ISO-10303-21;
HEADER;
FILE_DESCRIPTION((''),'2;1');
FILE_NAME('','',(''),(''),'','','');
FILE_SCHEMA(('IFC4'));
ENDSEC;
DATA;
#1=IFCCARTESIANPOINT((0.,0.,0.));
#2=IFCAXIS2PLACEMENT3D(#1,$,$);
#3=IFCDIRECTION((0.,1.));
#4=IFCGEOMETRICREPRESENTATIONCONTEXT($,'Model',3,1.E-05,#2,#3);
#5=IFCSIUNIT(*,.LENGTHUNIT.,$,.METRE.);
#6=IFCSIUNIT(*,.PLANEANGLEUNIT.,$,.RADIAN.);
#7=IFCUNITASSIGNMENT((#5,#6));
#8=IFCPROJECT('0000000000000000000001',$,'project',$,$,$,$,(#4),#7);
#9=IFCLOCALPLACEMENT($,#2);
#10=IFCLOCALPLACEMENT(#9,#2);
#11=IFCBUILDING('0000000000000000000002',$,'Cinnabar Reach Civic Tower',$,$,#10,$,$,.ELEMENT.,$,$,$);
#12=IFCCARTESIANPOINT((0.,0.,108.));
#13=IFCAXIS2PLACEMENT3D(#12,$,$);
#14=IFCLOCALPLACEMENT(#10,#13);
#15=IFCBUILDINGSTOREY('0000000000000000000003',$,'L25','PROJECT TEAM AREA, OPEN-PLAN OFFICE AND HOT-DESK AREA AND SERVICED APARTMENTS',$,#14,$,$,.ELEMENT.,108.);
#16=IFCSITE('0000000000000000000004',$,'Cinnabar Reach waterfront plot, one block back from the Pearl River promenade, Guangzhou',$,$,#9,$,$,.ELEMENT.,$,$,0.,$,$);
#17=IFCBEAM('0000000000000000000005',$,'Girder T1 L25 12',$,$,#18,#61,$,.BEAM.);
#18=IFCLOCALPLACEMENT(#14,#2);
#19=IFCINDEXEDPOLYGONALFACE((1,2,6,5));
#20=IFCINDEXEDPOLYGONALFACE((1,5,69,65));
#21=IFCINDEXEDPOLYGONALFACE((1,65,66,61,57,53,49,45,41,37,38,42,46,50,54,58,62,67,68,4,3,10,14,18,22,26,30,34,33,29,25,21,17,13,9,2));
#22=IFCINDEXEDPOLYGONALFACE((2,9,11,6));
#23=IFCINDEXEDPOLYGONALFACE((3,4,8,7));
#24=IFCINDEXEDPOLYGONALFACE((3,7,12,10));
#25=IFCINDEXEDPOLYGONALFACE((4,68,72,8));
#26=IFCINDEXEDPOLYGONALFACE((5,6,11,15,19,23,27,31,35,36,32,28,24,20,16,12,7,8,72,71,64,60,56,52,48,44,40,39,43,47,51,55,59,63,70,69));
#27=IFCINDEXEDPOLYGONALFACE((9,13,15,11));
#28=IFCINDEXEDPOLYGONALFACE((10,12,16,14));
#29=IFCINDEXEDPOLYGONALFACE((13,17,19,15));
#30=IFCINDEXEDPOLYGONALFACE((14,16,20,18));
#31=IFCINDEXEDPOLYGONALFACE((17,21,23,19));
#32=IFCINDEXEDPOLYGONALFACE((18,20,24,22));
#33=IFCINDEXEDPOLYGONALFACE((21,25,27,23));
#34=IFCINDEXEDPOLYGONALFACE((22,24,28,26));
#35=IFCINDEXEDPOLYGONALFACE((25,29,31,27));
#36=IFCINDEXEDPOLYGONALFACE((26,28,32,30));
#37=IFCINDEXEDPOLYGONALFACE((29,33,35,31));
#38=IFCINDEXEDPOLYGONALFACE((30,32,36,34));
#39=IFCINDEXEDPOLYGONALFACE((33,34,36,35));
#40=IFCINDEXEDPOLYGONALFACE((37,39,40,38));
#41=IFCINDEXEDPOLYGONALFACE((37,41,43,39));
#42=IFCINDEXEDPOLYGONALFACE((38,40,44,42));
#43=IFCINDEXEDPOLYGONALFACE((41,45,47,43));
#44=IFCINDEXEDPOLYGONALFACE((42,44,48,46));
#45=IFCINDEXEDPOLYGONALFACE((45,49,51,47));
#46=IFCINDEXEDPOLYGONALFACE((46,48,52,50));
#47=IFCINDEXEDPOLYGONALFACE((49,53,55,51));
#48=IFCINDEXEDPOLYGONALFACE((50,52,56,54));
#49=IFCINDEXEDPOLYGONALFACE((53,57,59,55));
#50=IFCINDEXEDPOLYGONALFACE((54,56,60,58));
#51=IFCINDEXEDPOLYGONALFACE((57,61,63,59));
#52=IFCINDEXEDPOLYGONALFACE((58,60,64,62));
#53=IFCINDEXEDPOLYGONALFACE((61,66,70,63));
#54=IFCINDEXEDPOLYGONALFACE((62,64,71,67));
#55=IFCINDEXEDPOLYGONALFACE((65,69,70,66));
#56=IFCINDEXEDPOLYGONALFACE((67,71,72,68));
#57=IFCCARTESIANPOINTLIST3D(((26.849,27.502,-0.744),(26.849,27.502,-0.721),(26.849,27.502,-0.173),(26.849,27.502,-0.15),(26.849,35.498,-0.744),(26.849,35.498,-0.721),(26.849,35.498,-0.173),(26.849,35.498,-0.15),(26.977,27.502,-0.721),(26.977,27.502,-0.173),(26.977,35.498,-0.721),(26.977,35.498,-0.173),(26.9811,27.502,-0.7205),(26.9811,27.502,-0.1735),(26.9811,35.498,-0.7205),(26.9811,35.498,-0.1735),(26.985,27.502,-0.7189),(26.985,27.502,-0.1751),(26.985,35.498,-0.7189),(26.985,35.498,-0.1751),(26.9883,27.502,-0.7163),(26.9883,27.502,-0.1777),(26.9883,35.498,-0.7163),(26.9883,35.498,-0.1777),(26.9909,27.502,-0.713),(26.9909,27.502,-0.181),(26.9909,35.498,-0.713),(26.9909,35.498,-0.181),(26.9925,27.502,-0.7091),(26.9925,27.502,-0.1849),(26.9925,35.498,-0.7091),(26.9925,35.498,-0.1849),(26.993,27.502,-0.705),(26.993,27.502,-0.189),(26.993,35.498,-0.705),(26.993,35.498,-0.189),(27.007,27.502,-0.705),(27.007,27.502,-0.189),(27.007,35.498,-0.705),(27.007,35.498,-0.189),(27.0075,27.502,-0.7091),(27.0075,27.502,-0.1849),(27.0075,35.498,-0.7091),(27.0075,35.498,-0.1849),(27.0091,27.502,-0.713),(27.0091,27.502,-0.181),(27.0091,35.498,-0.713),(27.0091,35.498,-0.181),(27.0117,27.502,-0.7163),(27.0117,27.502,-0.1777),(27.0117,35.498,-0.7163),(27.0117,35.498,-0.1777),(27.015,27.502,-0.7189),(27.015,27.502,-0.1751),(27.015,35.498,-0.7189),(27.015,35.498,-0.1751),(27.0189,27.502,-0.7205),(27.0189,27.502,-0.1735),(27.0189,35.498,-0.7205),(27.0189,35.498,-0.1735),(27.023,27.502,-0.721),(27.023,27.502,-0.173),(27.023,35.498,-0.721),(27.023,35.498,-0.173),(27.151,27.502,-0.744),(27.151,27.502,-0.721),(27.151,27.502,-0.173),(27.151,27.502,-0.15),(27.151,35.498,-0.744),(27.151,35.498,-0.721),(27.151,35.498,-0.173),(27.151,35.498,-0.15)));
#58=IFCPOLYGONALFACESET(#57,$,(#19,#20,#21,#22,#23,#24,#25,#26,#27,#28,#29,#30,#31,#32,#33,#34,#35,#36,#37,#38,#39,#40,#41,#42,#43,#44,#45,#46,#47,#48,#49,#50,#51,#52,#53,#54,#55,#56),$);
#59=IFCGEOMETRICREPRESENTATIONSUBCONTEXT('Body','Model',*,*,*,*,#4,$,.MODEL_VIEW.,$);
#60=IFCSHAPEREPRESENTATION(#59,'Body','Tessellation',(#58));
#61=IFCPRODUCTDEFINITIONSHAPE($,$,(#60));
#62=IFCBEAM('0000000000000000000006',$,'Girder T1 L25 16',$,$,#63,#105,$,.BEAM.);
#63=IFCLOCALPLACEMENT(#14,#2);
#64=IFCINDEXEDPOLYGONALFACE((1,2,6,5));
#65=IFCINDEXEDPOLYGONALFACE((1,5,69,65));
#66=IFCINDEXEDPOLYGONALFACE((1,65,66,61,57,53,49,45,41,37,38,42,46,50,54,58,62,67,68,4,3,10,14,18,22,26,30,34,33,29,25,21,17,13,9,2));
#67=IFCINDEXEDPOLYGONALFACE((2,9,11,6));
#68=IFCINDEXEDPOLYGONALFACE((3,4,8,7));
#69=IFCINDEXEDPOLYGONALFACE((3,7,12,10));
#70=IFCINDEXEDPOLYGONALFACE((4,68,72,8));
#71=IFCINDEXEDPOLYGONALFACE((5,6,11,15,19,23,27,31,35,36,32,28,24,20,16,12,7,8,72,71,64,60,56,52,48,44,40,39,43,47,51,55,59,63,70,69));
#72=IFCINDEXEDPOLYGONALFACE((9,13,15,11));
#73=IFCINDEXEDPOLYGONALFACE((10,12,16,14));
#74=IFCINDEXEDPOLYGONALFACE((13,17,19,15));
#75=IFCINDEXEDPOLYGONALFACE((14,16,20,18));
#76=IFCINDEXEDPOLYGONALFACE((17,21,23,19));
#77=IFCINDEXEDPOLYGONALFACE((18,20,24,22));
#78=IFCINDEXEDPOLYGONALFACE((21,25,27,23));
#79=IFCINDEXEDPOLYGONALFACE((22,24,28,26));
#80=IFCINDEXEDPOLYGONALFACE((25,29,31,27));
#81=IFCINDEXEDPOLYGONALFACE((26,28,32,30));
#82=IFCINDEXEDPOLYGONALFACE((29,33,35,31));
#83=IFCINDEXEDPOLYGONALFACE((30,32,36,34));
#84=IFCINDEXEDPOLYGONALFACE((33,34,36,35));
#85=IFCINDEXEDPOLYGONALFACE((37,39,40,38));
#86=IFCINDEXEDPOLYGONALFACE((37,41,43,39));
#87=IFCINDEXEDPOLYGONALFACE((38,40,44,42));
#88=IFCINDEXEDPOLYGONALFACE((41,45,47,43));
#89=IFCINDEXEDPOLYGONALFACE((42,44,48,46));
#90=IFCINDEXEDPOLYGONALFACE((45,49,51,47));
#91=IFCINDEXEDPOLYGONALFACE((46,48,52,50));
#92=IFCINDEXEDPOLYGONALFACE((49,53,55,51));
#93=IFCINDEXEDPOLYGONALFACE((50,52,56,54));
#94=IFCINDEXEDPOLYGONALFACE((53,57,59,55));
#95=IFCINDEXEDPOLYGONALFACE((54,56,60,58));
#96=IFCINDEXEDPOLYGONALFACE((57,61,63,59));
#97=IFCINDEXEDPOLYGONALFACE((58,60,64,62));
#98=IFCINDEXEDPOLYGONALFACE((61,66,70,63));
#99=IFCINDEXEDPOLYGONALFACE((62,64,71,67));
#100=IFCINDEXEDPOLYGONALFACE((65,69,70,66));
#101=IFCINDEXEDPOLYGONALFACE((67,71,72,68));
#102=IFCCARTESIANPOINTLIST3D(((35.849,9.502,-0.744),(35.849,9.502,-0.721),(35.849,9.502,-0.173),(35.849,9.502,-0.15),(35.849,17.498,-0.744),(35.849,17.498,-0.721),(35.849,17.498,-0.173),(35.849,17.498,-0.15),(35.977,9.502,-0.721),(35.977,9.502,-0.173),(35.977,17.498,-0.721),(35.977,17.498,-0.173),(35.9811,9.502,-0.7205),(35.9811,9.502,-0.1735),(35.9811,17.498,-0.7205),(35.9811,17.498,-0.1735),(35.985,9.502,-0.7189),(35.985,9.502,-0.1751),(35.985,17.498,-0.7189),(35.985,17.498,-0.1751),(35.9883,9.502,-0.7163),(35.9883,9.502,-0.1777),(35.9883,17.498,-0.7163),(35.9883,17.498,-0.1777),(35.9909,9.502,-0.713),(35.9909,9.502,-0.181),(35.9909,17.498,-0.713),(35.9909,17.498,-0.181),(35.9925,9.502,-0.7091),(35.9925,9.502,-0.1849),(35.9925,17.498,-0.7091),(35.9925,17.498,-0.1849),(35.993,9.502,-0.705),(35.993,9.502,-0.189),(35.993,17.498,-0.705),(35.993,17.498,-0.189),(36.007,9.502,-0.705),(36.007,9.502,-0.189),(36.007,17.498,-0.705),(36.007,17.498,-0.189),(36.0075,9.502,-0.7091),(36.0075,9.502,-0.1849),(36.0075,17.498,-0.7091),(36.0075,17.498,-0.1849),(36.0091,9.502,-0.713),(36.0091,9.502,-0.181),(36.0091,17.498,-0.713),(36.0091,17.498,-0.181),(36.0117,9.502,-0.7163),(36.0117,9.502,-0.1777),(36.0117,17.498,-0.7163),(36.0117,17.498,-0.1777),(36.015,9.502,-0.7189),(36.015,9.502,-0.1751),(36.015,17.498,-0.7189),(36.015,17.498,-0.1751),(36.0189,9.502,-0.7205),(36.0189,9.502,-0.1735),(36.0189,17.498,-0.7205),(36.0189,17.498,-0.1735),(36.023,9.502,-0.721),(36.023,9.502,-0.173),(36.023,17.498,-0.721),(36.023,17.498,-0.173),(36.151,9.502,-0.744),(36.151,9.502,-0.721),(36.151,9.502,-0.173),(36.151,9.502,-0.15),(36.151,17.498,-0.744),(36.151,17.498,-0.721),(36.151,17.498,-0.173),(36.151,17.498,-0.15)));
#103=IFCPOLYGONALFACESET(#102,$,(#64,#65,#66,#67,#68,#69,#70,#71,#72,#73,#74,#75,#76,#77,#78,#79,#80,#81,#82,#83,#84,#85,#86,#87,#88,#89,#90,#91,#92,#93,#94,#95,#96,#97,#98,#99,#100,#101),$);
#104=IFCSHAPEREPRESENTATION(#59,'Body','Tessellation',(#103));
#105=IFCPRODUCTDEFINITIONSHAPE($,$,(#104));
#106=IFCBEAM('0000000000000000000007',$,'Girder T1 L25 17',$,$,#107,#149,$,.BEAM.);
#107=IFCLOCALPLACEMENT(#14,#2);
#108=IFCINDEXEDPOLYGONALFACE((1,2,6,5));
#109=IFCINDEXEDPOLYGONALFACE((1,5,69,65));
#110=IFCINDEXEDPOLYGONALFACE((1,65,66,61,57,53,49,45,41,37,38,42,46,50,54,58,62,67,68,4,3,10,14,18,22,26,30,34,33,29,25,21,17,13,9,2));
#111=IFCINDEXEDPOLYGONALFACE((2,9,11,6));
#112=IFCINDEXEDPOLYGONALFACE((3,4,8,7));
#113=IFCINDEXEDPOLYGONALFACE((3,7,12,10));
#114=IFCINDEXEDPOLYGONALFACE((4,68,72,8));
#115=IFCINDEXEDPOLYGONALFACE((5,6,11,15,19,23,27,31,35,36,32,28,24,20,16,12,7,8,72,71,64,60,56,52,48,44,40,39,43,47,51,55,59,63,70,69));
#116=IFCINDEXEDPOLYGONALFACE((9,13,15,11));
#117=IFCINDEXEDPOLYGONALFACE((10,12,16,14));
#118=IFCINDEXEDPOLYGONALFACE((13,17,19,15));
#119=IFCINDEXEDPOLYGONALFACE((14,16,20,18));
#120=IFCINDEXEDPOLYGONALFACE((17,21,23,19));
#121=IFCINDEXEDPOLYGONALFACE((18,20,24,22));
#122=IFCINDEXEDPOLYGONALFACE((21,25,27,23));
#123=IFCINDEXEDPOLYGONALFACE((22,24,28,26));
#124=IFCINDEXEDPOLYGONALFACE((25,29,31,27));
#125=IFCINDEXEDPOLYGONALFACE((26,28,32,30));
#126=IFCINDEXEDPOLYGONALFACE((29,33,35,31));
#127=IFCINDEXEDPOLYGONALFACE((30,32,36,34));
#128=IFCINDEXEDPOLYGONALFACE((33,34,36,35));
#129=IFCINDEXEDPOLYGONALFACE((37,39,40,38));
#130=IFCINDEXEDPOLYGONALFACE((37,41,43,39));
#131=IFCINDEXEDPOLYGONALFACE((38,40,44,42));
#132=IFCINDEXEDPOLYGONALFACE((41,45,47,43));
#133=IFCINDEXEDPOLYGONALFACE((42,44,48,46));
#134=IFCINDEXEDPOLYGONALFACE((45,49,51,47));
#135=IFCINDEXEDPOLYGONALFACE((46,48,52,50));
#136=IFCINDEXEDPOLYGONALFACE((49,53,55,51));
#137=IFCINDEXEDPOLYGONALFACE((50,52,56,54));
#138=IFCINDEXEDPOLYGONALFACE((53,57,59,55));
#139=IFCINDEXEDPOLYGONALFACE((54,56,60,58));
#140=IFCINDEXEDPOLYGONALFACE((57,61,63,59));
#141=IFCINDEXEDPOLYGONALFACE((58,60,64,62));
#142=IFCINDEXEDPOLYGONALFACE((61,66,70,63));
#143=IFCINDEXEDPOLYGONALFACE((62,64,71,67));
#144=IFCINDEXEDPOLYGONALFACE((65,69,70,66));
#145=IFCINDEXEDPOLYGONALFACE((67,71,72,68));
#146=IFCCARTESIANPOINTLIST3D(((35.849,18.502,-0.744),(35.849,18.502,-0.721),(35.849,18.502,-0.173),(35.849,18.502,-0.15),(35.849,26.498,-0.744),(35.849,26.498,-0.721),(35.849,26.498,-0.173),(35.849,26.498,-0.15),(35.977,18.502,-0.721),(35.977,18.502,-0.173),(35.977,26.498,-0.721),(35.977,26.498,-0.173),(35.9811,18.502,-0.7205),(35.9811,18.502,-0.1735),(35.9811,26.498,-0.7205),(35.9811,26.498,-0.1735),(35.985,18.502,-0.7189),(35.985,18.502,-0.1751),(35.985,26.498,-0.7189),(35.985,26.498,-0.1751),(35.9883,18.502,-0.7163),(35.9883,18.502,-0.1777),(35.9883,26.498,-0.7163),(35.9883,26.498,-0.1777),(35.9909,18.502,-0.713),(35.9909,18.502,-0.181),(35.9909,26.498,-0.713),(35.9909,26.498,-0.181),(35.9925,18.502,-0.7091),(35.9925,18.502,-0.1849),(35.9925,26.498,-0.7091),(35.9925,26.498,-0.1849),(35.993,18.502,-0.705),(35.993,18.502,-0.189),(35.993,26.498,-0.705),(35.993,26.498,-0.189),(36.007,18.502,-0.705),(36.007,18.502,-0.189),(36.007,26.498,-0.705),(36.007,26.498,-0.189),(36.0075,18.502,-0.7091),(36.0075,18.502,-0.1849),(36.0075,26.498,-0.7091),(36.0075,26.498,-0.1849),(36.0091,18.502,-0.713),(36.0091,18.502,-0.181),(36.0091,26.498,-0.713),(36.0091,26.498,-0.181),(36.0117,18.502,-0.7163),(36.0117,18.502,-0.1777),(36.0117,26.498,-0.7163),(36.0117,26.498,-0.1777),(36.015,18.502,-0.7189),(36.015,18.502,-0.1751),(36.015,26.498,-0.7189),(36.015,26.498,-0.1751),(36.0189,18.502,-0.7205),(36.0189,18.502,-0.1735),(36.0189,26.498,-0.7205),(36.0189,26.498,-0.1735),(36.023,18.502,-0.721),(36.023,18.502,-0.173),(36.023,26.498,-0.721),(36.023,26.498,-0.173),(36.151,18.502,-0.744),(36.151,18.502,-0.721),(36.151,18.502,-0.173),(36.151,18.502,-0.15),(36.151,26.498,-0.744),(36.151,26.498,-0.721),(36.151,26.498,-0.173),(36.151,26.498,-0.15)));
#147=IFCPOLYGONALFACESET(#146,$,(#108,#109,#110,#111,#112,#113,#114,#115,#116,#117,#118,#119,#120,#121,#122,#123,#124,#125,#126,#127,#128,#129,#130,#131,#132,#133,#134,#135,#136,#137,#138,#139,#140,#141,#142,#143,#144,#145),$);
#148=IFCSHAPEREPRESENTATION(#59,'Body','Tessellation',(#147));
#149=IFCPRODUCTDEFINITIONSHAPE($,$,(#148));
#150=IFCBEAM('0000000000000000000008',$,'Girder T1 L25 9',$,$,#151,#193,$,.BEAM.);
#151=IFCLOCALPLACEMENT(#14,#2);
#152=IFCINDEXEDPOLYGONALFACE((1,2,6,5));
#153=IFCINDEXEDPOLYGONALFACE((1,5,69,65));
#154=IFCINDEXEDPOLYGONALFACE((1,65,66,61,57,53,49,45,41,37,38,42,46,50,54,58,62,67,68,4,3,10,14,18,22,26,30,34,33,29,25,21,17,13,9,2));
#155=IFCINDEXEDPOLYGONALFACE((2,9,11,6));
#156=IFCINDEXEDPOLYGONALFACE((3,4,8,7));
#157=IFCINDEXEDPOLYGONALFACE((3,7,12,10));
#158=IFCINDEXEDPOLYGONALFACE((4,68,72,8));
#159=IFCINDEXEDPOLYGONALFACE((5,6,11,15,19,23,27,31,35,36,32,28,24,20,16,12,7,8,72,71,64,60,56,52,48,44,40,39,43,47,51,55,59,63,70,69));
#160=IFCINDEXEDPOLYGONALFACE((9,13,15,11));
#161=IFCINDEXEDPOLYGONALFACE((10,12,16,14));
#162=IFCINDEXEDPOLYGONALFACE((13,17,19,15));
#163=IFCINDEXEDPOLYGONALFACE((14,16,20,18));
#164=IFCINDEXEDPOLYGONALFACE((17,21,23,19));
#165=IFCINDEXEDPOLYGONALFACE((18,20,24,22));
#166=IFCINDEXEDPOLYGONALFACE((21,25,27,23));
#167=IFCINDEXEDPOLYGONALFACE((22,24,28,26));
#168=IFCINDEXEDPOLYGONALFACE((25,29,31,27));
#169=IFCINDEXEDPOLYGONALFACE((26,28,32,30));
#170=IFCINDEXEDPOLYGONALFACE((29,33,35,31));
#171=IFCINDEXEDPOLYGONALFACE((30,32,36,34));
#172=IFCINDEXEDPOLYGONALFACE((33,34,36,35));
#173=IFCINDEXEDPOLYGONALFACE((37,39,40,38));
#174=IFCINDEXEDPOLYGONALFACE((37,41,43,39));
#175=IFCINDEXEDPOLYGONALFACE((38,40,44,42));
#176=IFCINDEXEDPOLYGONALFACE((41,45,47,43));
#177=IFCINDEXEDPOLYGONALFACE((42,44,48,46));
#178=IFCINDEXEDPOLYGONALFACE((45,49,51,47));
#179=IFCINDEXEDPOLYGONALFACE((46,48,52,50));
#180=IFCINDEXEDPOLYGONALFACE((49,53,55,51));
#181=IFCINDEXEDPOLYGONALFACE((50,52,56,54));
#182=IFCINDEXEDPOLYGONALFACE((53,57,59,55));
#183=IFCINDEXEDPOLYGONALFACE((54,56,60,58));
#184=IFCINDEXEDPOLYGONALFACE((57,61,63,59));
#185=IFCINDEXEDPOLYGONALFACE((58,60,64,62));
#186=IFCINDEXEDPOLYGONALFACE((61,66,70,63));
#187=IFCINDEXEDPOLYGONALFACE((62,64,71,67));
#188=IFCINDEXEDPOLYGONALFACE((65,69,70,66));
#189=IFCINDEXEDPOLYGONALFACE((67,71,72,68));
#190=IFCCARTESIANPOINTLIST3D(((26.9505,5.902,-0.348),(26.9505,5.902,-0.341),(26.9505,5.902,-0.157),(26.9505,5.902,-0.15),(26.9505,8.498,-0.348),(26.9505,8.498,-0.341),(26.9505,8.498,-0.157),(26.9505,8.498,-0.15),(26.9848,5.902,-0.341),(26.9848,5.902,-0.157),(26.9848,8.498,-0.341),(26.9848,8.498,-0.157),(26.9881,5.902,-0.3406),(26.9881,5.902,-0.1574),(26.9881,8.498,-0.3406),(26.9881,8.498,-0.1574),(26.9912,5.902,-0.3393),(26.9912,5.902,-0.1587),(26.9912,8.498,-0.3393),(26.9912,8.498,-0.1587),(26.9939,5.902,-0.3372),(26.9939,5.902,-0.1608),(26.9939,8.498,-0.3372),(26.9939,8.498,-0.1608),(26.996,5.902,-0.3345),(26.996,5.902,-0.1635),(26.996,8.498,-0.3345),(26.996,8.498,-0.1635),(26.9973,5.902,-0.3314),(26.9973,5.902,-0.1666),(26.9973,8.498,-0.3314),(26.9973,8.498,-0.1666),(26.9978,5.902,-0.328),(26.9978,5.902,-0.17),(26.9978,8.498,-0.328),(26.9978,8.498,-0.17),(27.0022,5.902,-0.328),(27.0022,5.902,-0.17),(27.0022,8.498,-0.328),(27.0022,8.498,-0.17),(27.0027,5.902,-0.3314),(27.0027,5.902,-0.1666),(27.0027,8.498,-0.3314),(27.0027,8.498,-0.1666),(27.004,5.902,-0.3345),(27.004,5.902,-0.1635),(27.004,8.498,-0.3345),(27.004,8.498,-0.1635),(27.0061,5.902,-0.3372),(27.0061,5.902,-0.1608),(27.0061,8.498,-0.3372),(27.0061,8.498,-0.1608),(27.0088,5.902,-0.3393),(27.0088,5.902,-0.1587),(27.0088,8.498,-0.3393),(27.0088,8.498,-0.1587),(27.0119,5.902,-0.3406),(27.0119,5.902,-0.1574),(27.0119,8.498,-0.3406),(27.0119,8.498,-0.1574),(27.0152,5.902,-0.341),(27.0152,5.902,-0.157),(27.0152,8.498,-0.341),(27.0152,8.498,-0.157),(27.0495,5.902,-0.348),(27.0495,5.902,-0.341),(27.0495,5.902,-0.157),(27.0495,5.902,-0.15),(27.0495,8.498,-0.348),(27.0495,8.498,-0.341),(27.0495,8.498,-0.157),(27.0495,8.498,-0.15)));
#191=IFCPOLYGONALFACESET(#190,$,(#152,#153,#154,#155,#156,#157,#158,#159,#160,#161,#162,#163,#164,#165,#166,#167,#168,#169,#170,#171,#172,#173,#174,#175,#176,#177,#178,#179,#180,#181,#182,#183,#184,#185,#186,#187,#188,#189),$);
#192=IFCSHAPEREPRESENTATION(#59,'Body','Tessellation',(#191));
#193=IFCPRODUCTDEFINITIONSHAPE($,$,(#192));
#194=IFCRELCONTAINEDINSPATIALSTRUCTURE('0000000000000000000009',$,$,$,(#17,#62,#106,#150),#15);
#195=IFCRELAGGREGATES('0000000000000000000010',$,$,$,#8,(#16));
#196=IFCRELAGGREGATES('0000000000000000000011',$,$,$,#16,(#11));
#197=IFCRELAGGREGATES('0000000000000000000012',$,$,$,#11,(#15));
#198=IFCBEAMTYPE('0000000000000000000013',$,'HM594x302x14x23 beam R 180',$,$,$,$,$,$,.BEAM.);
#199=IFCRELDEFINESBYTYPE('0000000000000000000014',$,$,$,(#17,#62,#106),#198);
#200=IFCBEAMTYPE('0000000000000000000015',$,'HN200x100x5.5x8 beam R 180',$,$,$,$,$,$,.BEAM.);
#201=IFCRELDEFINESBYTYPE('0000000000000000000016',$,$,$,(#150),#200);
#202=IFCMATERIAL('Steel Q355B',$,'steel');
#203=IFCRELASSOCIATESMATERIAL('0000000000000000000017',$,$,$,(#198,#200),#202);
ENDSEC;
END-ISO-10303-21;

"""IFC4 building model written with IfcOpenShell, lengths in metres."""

from ifc_helpers import new_model, si_unit, direction, frame, origin, origin_2d, place, context, subcontext, project, spatial, i_section, extrude, material, material_profile, profile_set, type_object, element, save


model = new_model("IFC4")

# Units and contexts
model_context = context("Model", 3, precision=1e-05, world=origin(), true_north=direction((0.0, 1.0)))
body_context = subcontext(model_context, "Body", "Model", "MODEL_VIEW")
ifc_project = project(units=[si_unit("LENGTHUNIT", "METRE"), si_unit("PLANEANGLEUNIT", "RADIAN")], contexts=[model_context])

# Site, building, storey
site_placement = place(None, origin())
site = spatial("IfcSite", under=ifc_project, at=site_placement, Name="Cinnabar Reach waterfront plot, one block back from the Pearl River promenade, Guangzhou", CompositionType="ELEMENT", RefElevation=0.0)
building_placement = place(site_placement, origin())
building = spatial("IfcBuilding", under=site, at=building_placement, Name="Cinnabar Reach Civic Tower", CompositionType="ELEMENT")
storey_placement = place(building_placement, frame((0.0, 0.0, 108.0)))
storey = spatial("IfcBuildingStorey", under=building, at=storey_placement, Name="L25", Description="PROJECT TEAM AREA, OPEN-PLAN OFFICE AND HOT-DESK AREA AND SERVICED APARTMENTS", CompositionType="ELEMENT", Elevation=108.0)

# Beams
ifc_material_1 = material(Name="Steel Q355B", Category="steel")
ifc_material_profile_1 = material_profile(ifc_material_1, i_section(OverallWidth=0.302, OverallDepth=0.594, WebThickness=0.014, FlangeThickness=0.023, FilletRadius=0.016, at=origin_2d()), Name="HM594x302x14x23")
ifc_profile_set_1 = profile_set([ifc_material_profile_1], Name="Steel Q355B")
beam_type_1 = type_object("IfcBeamType", Name="HM594x302x14x23 beam R 180", PredefinedType="BEAM", material=ifc_profile_set_1)
for number, where, z_axis, x_axis, name in (
    (1, (27.0, 27.502, -0.447), (0.0, 1.0, 0.0), (-1.0, 0.0, 0.0), "Girder T1 L25 12"),
    (2, (36.0, 9.502, -0.447), (0.0, 1.0, 0.0), (-1.0, 0.0, 0.0), "Girder T1 L25 16"),
    (3, (36.0, 18.502, -0.447), (0.0, 1.0, 0.0), (-1.0, 0.0, 0.0), "Girder T1 L25 17"),
):
    element("IfcBeam", number, at=place(storey_placement, frame(where, z_axis=z_axis, x_axis=x_axis)), inside=storey, type_object=beam_type_1, Name=name, PredefinedType="BEAM", context=body_context, shape_type="SweptSolid", body=[
        extrude(i_section(OverallWidth=0.302, OverallDepth=0.594, WebThickness=0.014, FlangeThickness=0.023, FilletRadius=0.016, at=origin_2d()), origin(), (0.0, 0.0, 1.0), 7.996),
    ])
ifc_material_profile_2 = material_profile(ifc_material_1, i_section(OverallWidth=0.099, OverallDepth=0.198, WebThickness=0.0045, FlangeThickness=0.007, FilletRadius=0.013, at=origin_2d()), Name="HN200x100x5.5x8")
ifc_profile_set_2 = profile_set([ifc_material_profile_2], Name="Steel Q355B")
beam_type_2 = type_object("IfcBeamType", Name="HN200x100x5.5x8 beam R 180", PredefinedType="BEAM", material=ifc_profile_set_2)
for number, where, z_axis, x_axis, name in (
    (4, (27.0, 5.902, -0.249), (0.0, 1.0, 0.0), (-1.0, 0.0, 0.0), "Girder T1 L25 9"),
):
    element("IfcBeam", number, at=place(storey_placement, frame(where, z_axis=z_axis, x_axis=x_axis)), inside=storey, type_object=beam_type_2, Name=name, PredefinedType="BEAM", context=body_context, shape_type="SweptSolid", body=[
        extrude(i_section(OverallWidth=0.099, OverallDepth=0.198, WebThickness=0.0045, FlangeThickness=0.007, FilletRadius=0.013, at=origin_2d()), origin(), (0.0, 0.0, 1.0), 2.596),
    ])

save(model, "model.ifc")
